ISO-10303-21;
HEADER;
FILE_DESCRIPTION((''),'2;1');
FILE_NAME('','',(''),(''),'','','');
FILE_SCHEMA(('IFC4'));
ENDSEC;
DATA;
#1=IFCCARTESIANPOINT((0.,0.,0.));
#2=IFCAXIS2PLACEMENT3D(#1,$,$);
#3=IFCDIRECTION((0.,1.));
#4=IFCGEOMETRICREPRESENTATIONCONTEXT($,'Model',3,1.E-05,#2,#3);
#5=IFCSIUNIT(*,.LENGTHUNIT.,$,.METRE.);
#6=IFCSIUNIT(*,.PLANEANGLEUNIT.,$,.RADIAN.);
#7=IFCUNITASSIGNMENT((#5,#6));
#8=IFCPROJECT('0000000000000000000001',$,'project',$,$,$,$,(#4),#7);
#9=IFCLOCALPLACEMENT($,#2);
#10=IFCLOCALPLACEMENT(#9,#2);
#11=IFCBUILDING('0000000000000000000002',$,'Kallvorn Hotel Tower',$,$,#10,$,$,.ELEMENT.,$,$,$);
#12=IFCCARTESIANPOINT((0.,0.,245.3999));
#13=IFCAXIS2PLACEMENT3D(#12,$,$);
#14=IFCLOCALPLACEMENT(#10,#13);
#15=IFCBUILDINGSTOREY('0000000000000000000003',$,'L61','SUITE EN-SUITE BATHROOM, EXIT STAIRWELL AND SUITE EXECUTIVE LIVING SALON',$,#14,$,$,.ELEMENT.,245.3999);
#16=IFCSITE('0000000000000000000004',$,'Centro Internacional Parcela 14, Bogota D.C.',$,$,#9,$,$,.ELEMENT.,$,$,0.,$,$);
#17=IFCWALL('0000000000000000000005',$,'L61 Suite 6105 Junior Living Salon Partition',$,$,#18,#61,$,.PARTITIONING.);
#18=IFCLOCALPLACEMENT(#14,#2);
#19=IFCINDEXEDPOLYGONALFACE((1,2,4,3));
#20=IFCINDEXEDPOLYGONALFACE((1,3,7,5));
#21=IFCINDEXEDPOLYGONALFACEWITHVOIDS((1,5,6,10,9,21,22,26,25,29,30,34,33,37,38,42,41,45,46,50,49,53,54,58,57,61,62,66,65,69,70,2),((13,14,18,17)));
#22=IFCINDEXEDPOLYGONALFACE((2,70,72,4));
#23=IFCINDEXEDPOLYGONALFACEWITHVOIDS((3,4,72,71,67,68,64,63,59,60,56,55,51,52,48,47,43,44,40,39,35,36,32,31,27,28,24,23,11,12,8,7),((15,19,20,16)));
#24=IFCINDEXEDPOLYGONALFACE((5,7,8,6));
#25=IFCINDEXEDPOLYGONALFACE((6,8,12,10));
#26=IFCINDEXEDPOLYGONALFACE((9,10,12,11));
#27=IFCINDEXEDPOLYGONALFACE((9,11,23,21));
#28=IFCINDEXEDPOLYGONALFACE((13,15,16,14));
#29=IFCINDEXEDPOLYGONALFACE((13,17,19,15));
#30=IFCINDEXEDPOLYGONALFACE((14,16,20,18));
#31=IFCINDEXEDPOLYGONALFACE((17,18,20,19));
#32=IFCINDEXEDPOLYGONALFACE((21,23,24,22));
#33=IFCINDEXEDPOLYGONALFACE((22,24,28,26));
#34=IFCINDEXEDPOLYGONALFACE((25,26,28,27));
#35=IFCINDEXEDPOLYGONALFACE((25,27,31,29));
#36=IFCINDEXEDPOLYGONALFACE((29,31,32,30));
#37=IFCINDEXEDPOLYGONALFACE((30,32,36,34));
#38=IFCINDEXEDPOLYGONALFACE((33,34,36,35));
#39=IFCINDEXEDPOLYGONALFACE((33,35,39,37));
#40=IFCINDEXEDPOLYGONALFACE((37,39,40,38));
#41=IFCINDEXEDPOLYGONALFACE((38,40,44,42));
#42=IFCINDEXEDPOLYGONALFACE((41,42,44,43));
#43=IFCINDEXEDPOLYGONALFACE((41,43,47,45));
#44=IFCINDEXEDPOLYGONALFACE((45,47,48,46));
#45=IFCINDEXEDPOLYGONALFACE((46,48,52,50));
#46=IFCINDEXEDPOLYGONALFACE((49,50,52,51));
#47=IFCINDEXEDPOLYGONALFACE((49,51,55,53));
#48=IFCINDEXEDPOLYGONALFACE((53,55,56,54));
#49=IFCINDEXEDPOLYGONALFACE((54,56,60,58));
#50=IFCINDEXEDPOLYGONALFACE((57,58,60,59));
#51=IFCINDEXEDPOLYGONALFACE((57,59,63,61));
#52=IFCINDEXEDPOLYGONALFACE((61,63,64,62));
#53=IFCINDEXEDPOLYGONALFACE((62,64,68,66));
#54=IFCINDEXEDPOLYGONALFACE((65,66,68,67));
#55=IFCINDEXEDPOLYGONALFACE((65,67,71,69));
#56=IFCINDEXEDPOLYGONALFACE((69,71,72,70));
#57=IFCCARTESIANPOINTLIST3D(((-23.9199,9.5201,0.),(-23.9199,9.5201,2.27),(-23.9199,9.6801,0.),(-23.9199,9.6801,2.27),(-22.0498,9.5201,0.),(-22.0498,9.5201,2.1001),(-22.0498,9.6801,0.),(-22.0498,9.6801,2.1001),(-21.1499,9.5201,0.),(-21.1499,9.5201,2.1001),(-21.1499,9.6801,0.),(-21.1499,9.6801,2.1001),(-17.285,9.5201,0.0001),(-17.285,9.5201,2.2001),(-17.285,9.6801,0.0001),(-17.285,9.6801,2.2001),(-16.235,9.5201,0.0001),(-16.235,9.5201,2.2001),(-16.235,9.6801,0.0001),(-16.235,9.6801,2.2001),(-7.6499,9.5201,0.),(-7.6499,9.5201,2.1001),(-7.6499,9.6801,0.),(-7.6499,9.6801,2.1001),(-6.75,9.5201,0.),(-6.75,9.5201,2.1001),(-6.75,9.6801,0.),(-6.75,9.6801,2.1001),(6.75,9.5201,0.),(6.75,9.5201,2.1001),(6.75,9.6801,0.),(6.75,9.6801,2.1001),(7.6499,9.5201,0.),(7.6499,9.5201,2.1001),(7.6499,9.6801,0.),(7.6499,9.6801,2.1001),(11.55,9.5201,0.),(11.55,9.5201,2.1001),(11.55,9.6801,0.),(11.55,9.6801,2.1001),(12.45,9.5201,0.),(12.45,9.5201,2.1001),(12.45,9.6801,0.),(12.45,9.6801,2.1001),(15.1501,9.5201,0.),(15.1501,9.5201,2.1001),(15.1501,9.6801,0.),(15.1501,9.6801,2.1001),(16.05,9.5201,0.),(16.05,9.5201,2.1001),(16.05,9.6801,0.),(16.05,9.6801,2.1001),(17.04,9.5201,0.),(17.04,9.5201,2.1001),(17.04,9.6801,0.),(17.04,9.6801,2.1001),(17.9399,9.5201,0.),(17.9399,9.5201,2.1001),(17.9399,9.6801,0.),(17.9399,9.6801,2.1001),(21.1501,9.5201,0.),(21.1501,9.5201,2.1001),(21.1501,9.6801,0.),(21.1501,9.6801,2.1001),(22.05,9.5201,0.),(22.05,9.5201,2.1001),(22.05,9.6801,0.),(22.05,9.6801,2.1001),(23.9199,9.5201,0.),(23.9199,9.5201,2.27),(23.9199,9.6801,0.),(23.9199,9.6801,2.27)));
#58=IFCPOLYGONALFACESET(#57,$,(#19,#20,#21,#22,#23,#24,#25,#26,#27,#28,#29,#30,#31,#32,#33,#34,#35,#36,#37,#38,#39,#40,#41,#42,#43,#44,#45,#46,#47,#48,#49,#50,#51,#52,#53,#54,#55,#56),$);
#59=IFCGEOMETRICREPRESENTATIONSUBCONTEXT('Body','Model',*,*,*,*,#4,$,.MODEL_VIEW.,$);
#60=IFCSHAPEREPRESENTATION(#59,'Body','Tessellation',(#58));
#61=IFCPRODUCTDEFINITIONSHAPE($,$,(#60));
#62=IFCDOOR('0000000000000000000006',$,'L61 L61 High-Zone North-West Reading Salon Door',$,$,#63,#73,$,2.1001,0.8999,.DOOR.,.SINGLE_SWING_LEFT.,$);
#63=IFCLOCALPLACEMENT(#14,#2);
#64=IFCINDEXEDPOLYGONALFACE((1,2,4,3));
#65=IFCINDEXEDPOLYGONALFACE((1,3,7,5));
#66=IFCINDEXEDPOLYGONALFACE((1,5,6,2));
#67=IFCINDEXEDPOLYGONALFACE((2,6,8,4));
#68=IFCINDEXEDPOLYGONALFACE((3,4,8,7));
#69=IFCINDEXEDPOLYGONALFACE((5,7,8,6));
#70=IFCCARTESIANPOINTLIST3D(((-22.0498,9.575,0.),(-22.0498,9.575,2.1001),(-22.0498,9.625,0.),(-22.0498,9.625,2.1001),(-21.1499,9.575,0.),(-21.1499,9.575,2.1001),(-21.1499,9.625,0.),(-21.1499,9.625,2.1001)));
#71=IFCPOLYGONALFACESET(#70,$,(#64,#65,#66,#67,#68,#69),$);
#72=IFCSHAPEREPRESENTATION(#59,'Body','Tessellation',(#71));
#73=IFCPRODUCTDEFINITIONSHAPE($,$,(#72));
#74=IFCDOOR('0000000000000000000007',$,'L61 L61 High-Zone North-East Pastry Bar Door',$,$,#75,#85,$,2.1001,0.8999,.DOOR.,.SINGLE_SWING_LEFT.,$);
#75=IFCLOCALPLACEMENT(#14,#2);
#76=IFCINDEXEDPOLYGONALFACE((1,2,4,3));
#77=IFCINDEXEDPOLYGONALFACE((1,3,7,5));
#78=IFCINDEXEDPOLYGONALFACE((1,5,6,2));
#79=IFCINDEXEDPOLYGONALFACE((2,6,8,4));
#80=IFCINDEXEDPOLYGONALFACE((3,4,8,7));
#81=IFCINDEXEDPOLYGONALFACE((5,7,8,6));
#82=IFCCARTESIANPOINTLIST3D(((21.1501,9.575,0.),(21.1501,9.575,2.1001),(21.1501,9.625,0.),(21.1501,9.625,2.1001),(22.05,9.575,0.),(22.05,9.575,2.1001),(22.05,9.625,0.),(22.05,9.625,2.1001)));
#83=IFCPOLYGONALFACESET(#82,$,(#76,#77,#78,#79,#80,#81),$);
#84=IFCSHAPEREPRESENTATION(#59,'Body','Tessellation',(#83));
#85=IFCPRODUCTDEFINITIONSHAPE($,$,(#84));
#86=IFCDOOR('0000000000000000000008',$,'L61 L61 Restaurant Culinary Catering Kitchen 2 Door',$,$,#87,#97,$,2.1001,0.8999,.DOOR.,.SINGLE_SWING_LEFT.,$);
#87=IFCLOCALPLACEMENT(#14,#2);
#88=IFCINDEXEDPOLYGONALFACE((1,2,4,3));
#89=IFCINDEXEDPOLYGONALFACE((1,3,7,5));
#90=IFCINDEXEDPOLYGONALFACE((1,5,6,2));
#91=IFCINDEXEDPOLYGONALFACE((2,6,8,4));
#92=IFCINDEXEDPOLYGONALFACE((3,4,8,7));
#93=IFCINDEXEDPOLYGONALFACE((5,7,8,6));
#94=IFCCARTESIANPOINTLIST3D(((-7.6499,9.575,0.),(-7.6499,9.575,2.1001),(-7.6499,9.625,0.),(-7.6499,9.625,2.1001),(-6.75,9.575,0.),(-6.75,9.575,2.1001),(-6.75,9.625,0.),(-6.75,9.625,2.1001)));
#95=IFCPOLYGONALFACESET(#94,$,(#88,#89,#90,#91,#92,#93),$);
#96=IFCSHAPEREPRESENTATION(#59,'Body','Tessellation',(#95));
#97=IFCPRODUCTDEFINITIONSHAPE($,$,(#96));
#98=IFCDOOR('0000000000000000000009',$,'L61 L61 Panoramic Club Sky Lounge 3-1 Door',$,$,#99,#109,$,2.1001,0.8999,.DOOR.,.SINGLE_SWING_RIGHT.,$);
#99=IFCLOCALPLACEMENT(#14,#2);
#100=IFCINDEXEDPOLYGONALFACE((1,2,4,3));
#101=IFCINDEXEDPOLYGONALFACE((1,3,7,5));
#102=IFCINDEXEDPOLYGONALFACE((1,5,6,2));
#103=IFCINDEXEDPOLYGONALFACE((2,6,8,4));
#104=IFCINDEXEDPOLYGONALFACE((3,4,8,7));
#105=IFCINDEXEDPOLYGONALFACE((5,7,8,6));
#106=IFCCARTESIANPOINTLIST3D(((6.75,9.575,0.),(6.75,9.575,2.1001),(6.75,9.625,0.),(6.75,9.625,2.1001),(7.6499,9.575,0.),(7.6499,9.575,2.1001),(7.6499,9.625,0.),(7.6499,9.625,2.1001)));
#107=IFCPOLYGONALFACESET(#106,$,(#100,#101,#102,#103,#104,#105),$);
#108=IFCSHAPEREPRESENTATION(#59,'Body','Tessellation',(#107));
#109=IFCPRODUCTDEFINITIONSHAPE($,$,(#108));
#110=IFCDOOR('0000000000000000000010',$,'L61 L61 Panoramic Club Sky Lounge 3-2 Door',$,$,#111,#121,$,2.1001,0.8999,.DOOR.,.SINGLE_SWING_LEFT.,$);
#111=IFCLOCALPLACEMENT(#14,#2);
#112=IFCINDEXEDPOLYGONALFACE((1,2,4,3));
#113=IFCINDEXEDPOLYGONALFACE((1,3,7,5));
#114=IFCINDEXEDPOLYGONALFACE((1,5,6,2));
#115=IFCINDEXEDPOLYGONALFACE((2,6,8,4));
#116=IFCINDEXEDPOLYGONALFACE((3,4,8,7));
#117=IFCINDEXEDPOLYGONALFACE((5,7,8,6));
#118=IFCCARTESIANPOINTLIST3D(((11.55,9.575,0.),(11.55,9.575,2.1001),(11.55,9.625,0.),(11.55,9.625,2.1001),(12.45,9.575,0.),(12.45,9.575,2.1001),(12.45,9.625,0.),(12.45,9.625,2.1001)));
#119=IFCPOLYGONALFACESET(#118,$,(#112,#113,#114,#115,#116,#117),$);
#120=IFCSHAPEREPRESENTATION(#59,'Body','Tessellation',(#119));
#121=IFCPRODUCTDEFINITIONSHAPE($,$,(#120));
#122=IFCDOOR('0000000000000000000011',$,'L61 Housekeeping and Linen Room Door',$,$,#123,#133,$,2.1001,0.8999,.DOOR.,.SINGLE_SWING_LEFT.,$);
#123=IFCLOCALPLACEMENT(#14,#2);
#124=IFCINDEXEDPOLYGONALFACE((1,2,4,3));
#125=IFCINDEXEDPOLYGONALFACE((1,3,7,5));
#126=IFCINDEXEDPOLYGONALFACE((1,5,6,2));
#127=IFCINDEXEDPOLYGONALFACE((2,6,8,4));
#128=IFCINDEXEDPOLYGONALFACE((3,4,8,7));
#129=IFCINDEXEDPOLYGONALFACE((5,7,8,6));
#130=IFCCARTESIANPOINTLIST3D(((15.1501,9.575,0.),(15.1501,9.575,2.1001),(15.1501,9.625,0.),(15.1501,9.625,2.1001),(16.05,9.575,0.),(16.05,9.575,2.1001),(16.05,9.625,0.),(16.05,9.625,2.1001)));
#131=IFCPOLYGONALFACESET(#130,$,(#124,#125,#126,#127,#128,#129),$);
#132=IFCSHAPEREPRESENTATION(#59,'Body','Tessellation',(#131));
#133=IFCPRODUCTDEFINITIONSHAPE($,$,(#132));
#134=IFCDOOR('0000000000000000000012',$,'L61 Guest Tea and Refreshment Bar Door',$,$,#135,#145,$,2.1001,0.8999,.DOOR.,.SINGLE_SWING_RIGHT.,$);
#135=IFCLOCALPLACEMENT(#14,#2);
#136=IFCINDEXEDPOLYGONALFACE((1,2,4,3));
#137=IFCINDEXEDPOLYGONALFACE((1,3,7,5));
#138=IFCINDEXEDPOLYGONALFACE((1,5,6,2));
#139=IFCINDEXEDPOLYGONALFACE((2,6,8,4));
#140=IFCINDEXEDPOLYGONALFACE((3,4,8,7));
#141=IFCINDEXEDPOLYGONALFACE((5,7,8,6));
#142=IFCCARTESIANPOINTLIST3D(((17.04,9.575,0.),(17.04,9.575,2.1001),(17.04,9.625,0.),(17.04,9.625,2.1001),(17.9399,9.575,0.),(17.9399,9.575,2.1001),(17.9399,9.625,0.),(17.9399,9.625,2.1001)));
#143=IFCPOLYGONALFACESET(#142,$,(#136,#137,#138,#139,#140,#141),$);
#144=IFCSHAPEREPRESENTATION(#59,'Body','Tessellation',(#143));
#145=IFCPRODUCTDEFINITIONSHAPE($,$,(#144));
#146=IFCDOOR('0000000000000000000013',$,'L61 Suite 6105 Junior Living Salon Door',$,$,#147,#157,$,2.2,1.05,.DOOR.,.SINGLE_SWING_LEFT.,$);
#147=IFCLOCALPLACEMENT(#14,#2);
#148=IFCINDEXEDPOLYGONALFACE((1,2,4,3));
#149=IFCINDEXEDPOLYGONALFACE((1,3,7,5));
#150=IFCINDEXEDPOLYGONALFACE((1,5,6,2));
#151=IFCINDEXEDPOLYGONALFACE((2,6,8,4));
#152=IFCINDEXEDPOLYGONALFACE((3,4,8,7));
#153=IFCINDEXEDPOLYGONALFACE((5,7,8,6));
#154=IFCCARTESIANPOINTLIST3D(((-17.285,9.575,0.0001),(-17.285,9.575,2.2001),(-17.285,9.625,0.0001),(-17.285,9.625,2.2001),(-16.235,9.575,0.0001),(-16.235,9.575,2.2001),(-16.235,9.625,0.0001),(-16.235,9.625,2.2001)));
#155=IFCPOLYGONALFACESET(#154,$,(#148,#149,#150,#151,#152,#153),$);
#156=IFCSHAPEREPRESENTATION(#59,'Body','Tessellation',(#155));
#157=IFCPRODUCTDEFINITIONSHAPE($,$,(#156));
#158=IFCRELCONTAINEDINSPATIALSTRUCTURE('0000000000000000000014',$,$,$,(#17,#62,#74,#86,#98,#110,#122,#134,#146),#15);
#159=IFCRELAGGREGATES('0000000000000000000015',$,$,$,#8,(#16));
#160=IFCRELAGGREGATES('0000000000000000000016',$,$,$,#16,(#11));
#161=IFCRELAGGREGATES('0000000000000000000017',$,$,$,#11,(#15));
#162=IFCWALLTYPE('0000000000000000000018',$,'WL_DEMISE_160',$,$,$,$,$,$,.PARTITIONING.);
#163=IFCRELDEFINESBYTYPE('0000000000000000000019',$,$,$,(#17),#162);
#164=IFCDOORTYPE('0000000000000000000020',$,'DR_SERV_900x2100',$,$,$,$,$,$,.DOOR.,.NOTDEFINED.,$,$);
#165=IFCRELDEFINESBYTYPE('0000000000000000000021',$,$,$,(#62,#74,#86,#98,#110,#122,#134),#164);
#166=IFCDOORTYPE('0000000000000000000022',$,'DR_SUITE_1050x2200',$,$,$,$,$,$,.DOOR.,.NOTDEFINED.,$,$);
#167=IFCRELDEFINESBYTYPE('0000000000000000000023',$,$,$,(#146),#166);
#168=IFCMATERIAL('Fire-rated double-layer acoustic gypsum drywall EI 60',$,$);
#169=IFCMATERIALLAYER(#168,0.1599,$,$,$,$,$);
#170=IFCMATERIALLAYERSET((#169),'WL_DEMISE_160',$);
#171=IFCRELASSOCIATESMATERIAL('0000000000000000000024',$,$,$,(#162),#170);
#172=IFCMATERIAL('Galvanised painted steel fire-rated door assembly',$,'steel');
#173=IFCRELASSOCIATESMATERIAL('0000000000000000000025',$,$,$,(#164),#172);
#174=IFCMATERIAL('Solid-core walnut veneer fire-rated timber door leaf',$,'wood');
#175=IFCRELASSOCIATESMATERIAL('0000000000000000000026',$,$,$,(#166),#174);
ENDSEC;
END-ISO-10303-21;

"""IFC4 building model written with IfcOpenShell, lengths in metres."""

from ifc_helpers import new_model, si_unit, direction, frame, frame_2d, origin, place, context, subcontext, project, spatial, rectangle, extrude, material, layer, layer_set, type_object, element, fill, save


model = new_model("IFC4")

# Units and contexts
model_context = context("Model", 3, precision=1e-05, world=origin(), true_north=direction((0.0, 1.0)))
body_context = subcontext(model_context, "Body", "Model", "MODEL_VIEW")
ifc_project = project(units=[si_unit("LENGTHUNIT", "METRE"), si_unit("PLANEANGLEUNIT", "RADIAN")], contexts=[model_context])

# Site, building, storey
site_placement = place(None, origin())
site = spatial("IfcSite", under=ifc_project, at=site_placement, Name="Centro Internacional Parcela 14, Bogota D.C.", CompositionType="ELEMENT", RefElevation=0.0)
building_placement = place(site_placement, origin())
building = spatial("IfcBuilding", under=site, at=building_placement, Name="Kallvorn Hotel Tower", CompositionType="ELEMENT")
storey_placement = place(building_placement, frame((0.0, 0.0, 245.3999)))
storey = spatial("IfcBuildingStorey", under=building, at=storey_placement, Name="L61", Description="SUITE EN-SUITE BATHROOM, EXIT STAIRWELL AND SUITE EXECUTIVE LIVING SALON", CompositionType="ELEMENT", Elevation=245.3999)

# Wall, openings, doors
ifc_material_1 = material(Name="Fire-rated double-layer acoustic gypsum drywall EI 60")
ifc_layer_1 = layer(ifc_material_1, 0.1599)
ifc_layer_set_1 = layer_set([ifc_layer_1], Name="WL_DEMISE_160")
wall_type_1 = type_object("IfcWallType", Name="WL_DEMISE_160", PredefinedType="PARTITIONING", material=ifc_layer_set_1)
wall_1_placement = place(storey_placement, frame((-23.9199, 9.6001, 0.0), z_axis=(0.0, 0.0, 1.0), x_axis=(1.0, 0.0, 0.0)))
wall_1 = element("IfcWall", 1, at=wall_1_placement, inside=storey, type_object=wall_type_1, Name="L61 Suite 6105 Junior Living Salon Partition", PredefinedType="PARTITIONING", context=body_context, shape_type="SweptSolid", body=[
    extrude(rectangle(XDim=47.8398, YDim=0.1599, at=frame_2d((23.9199, 0.0))), origin(), (0.0, 0.0, 1.0), 2.27),
])
opening_1_placement = place(wall_1_placement, frame((1.8701, 0.0, 0.0)))
opening_1 = element("IfcOpeningElement", 2, at=opening_1_placement, cuts=wall_1, PredefinedType="OPENING", context=body_context, shape_type="SweptSolid", body=[
    extrude(rectangle(XDim=0.8999, YDim=2.1001, at=frame_2d((0.45, 1.05))), frame((0.0, 0.095, 0.0), z_axis=(0.0, -1.0, 0.0), x_axis=(1.0, 0.0, 0.0)), (0.0, 0.0, 1.0), 0.1899),
])
opening_2_placement = place(wall_1_placement, frame((45.0701, 0.0, 0.0)))
opening_2 = element("IfcOpeningElement", 3, at=opening_2_placement, cuts=wall_1, PredefinedType="OPENING", context=body_context, shape_type="SweptSolid", body=[
    extrude(rectangle(XDim=0.8999, YDim=2.1001, at=frame_2d((0.45, 1.05))), frame((0.0, 0.095, 0.0), z_axis=(0.0, -1.0, 0.0), x_axis=(1.0, 0.0, 0.0)), (0.0, 0.0, 1.0), 0.1899),
])
opening_3_placement = place(wall_1_placement, frame((6.635, 0.0, 0.0)))
opening_3 = element("IfcOpeningElement", 4, at=opening_3_placement, cuts=wall_1, PredefinedType="OPENING", context=body_context, shape_type="SweptSolid", body=[
    extrude(rectangle(XDim=1.05, YDim=2.2, at=frame_2d((0.5249, 1.1001))), frame((0.0, 0.095, 0.0), z_axis=(0.0, -1.0, 0.0), x_axis=(1.0, 0.0, 0.0)), (0.0, 0.0, 1.0), 0.1899),
])
opening_4_placement = place(wall_1_placement, frame((16.27, 0.0, 0.0)))
opening_4 = element("IfcOpeningElement", 5, at=opening_4_placement, cuts=wall_1, PredefinedType="OPENING", context=body_context, shape_type="SweptSolid", body=[
    extrude(rectangle(XDim=0.8999, YDim=2.1001, at=frame_2d((0.45, 1.05))), frame((0.0, 0.095, 0.0), z_axis=(0.0, -1.0, 0.0), x_axis=(1.0, 0.0, 0.0)), (0.0, 0.0, 1.0), 0.1899),
])
opening_5_placement = place(wall_1_placement, frame((30.6699, 0.0, 0.0)))
opening_5 = element("IfcOpeningElement", 6, at=opening_5_placement, cuts=wall_1, PredefinedType="OPENING", context=body_context, shape_type="SweptSolid", body=[
    extrude(rectangle(XDim=0.8999, YDim=2.1001, at=frame_2d((0.45, 1.05))), frame((0.0, 0.095, 0.0), z_axis=(0.0, -1.0, 0.0), x_axis=(1.0, 0.0, 0.0)), (0.0, 0.0, 1.0), 0.1899),
])
opening_6_placement = place(wall_1_placement, frame((35.47, 0.0, 0.0)))
opening_6 = element("IfcOpeningElement", 7, at=opening_6_placement, cuts=wall_1, PredefinedType="OPENING", context=body_context, shape_type="SweptSolid", body=[
    extrude(rectangle(XDim=0.8999, YDim=2.1001, at=frame_2d((0.45, 1.05))), frame((0.0, 0.095, 0.0), z_axis=(0.0, -1.0, 0.0), x_axis=(1.0, 0.0, 0.0)), (0.0, 0.0, 1.0), 0.1899),
])
opening_7_placement = place(wall_1_placement, frame((39.0701, 0.0, 0.0)))
opening_7 = element("IfcOpeningElement", 8, at=opening_7_placement, cuts=wall_1, PredefinedType="OPENING", context=body_context, shape_type="SweptSolid", body=[
    extrude(rectangle(XDim=0.8999, YDim=2.1001, at=frame_2d((0.45, 1.05))), frame((0.0, 0.095, 0.0), z_axis=(0.0, -1.0, 0.0), x_axis=(1.0, 0.0, 0.0)), (0.0, 0.0, 1.0), 0.1899),
])
opening_8_placement = place(wall_1_placement, frame((40.96, 0.0, 0.0)))
opening_8 = element("IfcOpeningElement", 9, at=opening_8_placement, cuts=wall_1, PredefinedType="OPENING", context=body_context, shape_type="SweptSolid", body=[
    extrude(rectangle(XDim=0.8999, YDim=2.1001, at=frame_2d((0.45, 1.05))), frame((0.0, 0.095, 0.0), z_axis=(0.0, -1.0, 0.0), x_axis=(1.0, 0.0, 0.0)), (0.0, 0.0, 1.0), 0.1899),
])
ifc_material_2 = material(Name="Galvanised painted steel fire-rated door assembly", Category="steel")
door_type_1 = type_object("IfcDoorType", Name="DR_SERV_900x2100", OperationType="NOTDEFINED", PredefinedType="DOOR", material=ifc_material_2)
door_1_placement = place(opening_1_placement, origin())
door_1 = element("IfcDoor", 10, at=door_1_placement, inside=storey, type_object=door_type_1, Name="L61 L61 High-Zone North-West Reading Salon Door", OperationType="SINGLE_SWING_LEFT", OverallHeight=2.1001, OverallWidth=0.8999, PredefinedType="DOOR", context=body_context, shape_type="SweptSolid", body=[
    extrude(rectangle(XDim=0.8999, YDim=2.1001, at=frame_2d((0.45, 1.05))), frame((0.0, 0.0249, 0.0), z_axis=(0.0, -1.0, 0.0), x_axis=(1.0, 0.0, 0.0)), (0.0, 0.0, 1.0), 0.05),
])
fill(opening_1, door_1)
door_2_placement = place(opening_2_placement, origin())
door_2 = element("IfcDoor", 11, at=door_2_placement, inside=storey, type_object=door_type_1, Name="L61 L61 High-Zone North-East Pastry Bar Door", OperationType="SINGLE_SWING_LEFT", OverallHeight=2.1001, OverallWidth=0.8999, PredefinedType="DOOR", context=body_context, shape_type="SweptSolid", body=[
    extrude(rectangle(XDim=0.8999, YDim=2.1001, at=frame_2d((0.45, 1.05))), frame((0.0, 0.0249, 0.0), z_axis=(0.0, -1.0, 0.0), x_axis=(1.0, 0.0, 0.0)), (0.0, 0.0, 1.0), 0.05),
])
fill(opening_2, door_2)
door_3_placement = place(opening_4_placement, origin())
door_3 = element("IfcDoor", 12, at=door_3_placement, inside=storey, type_object=door_type_1, Name="L61 L61 Restaurant Culinary Catering Kitchen 2 Door", OperationType="SINGLE_SWING_LEFT", OverallHeight=2.1001, OverallWidth=0.8999, PredefinedType="DOOR", context=body_context, shape_type="SweptSolid", body=[
    extrude(rectangle(XDim=0.8999, YDim=2.1001, at=frame_2d((0.45, 1.05))), frame((0.0, 0.0249, 0.0), z_axis=(0.0, -1.0, 0.0), x_axis=(1.0, 0.0, 0.0)), (0.0, 0.0, 1.0), 0.05),
])
fill(opening_4, door_3)
door_4_placement = place(opening_5_placement, origin())
door_4 = element("IfcDoor", 13, at=door_4_placement, inside=storey, type_object=door_type_1, Name="L61 L61 Panoramic Club Sky Lounge 3-1 Door", OperationType="SINGLE_SWING_RIGHT", OverallHeight=2.1001, OverallWidth=0.8999, PredefinedType="DOOR", context=body_context, shape_type="SweptSolid", body=[
    extrude(rectangle(XDim=0.8999, YDim=2.1001, at=frame_2d((0.45, 1.05))), frame((0.0, 0.0249, 0.0), z_axis=(0.0, -1.0, 0.0), x_axis=(1.0, 0.0, 0.0)), (0.0, 0.0, 1.0), 0.05),
])
fill(opening_5, door_4)
door_5_placement = place(opening_6_placement, origin())
door_5 = element("IfcDoor", 14, at=door_5_placement, inside=storey, type_object=door_type_1, Name="L61 L61 Panoramic Club Sky Lounge 3-2 Door", OperationType="SINGLE_SWING_LEFT", OverallHeight=2.1001, OverallWidth=0.8999, PredefinedType="DOOR", context=body_context, shape_type="SweptSolid", body=[
    extrude(rectangle(XDim=0.8999, YDim=2.1001, at=frame_2d((0.45, 1.05))), frame((0.0, 0.0249, 0.0), z_axis=(0.0, -1.0, 0.0), x_axis=(1.0, 0.0, 0.0)), (0.0, 0.0, 1.0), 0.05),
])
fill(opening_6, door_5)
door_6_placement = place(opening_7_placement, origin())
door_6 = element("IfcDoor", 15, at=door_6_placement, inside=storey, type_object=door_type_1, Name="L61 Housekeeping and Linen Room Door", OperationType="SINGLE_SWING_LEFT", OverallHeight=2.1001, OverallWidth=0.8999, PredefinedType="DOOR", context=body_context, shape_type="SweptSolid", body=[
    extrude(rectangle(XDim=0.8999, YDim=2.1001, at=frame_2d((0.45, 1.05))), frame((0.0, 0.0249, 0.0), z_axis=(0.0, -1.0, 0.0), x_axis=(1.0, 0.0, 0.0)), (0.0, 0.0, 1.0), 0.05),
])
fill(opening_7, door_6)
door_7_placement = place(opening_8_placement, origin())
door_7 = element("IfcDoor", 16, at=door_7_placement, inside=storey, type_object=door_type_1, Name="L61 Guest Tea and Refreshment Bar Door", OperationType="SINGLE_SWING_RIGHT", OverallHeight=2.1001, OverallWidth=0.8999, PredefinedType="DOOR", context=body_context, shape_type="SweptSolid", body=[
    extrude(rectangle(XDim=0.8999, YDim=2.1001, at=frame_2d((0.45, 1.05))), frame((0.0, 0.0249, 0.0), z_axis=(0.0, -1.0, 0.0), x_axis=(1.0, 0.0, 0.0)), (0.0, 0.0, 1.0), 0.05),
])
fill(opening_8, door_7)
ifc_material_3 = material(Name="Solid-core walnut veneer fire-rated timber door leaf", Category="wood")
door_type_2 = type_object("IfcDoorType", Name="DR_SUITE_1050x2200", OperationType="NOTDEFINED", PredefinedType="DOOR", material=ifc_material_3)
door_8_placement = place(opening_3_placement, origin())
door_8 = element("IfcDoor", 17, at=door_8_placement, inside=storey, type_object=door_type_2, Name="L61 Suite 6105 Junior Living Salon Door", OperationType="SINGLE_SWING_LEFT", OverallHeight=2.2, OverallWidth=1.05, PredefinedType="DOOR", context=body_context, shape_type="SweptSolid", body=[
    extrude(rectangle(XDim=1.05, YDim=2.2, at=frame_2d((0.5249, 1.1001))), frame((0.0, 0.0249, 0.0), z_axis=(0.0, -1.0, 0.0), x_axis=(1.0, 0.0, 0.0)), (0.0, 0.0, 1.0), 0.05),
])
fill(opening_3, door_8)

save(model, "model.ifc")
